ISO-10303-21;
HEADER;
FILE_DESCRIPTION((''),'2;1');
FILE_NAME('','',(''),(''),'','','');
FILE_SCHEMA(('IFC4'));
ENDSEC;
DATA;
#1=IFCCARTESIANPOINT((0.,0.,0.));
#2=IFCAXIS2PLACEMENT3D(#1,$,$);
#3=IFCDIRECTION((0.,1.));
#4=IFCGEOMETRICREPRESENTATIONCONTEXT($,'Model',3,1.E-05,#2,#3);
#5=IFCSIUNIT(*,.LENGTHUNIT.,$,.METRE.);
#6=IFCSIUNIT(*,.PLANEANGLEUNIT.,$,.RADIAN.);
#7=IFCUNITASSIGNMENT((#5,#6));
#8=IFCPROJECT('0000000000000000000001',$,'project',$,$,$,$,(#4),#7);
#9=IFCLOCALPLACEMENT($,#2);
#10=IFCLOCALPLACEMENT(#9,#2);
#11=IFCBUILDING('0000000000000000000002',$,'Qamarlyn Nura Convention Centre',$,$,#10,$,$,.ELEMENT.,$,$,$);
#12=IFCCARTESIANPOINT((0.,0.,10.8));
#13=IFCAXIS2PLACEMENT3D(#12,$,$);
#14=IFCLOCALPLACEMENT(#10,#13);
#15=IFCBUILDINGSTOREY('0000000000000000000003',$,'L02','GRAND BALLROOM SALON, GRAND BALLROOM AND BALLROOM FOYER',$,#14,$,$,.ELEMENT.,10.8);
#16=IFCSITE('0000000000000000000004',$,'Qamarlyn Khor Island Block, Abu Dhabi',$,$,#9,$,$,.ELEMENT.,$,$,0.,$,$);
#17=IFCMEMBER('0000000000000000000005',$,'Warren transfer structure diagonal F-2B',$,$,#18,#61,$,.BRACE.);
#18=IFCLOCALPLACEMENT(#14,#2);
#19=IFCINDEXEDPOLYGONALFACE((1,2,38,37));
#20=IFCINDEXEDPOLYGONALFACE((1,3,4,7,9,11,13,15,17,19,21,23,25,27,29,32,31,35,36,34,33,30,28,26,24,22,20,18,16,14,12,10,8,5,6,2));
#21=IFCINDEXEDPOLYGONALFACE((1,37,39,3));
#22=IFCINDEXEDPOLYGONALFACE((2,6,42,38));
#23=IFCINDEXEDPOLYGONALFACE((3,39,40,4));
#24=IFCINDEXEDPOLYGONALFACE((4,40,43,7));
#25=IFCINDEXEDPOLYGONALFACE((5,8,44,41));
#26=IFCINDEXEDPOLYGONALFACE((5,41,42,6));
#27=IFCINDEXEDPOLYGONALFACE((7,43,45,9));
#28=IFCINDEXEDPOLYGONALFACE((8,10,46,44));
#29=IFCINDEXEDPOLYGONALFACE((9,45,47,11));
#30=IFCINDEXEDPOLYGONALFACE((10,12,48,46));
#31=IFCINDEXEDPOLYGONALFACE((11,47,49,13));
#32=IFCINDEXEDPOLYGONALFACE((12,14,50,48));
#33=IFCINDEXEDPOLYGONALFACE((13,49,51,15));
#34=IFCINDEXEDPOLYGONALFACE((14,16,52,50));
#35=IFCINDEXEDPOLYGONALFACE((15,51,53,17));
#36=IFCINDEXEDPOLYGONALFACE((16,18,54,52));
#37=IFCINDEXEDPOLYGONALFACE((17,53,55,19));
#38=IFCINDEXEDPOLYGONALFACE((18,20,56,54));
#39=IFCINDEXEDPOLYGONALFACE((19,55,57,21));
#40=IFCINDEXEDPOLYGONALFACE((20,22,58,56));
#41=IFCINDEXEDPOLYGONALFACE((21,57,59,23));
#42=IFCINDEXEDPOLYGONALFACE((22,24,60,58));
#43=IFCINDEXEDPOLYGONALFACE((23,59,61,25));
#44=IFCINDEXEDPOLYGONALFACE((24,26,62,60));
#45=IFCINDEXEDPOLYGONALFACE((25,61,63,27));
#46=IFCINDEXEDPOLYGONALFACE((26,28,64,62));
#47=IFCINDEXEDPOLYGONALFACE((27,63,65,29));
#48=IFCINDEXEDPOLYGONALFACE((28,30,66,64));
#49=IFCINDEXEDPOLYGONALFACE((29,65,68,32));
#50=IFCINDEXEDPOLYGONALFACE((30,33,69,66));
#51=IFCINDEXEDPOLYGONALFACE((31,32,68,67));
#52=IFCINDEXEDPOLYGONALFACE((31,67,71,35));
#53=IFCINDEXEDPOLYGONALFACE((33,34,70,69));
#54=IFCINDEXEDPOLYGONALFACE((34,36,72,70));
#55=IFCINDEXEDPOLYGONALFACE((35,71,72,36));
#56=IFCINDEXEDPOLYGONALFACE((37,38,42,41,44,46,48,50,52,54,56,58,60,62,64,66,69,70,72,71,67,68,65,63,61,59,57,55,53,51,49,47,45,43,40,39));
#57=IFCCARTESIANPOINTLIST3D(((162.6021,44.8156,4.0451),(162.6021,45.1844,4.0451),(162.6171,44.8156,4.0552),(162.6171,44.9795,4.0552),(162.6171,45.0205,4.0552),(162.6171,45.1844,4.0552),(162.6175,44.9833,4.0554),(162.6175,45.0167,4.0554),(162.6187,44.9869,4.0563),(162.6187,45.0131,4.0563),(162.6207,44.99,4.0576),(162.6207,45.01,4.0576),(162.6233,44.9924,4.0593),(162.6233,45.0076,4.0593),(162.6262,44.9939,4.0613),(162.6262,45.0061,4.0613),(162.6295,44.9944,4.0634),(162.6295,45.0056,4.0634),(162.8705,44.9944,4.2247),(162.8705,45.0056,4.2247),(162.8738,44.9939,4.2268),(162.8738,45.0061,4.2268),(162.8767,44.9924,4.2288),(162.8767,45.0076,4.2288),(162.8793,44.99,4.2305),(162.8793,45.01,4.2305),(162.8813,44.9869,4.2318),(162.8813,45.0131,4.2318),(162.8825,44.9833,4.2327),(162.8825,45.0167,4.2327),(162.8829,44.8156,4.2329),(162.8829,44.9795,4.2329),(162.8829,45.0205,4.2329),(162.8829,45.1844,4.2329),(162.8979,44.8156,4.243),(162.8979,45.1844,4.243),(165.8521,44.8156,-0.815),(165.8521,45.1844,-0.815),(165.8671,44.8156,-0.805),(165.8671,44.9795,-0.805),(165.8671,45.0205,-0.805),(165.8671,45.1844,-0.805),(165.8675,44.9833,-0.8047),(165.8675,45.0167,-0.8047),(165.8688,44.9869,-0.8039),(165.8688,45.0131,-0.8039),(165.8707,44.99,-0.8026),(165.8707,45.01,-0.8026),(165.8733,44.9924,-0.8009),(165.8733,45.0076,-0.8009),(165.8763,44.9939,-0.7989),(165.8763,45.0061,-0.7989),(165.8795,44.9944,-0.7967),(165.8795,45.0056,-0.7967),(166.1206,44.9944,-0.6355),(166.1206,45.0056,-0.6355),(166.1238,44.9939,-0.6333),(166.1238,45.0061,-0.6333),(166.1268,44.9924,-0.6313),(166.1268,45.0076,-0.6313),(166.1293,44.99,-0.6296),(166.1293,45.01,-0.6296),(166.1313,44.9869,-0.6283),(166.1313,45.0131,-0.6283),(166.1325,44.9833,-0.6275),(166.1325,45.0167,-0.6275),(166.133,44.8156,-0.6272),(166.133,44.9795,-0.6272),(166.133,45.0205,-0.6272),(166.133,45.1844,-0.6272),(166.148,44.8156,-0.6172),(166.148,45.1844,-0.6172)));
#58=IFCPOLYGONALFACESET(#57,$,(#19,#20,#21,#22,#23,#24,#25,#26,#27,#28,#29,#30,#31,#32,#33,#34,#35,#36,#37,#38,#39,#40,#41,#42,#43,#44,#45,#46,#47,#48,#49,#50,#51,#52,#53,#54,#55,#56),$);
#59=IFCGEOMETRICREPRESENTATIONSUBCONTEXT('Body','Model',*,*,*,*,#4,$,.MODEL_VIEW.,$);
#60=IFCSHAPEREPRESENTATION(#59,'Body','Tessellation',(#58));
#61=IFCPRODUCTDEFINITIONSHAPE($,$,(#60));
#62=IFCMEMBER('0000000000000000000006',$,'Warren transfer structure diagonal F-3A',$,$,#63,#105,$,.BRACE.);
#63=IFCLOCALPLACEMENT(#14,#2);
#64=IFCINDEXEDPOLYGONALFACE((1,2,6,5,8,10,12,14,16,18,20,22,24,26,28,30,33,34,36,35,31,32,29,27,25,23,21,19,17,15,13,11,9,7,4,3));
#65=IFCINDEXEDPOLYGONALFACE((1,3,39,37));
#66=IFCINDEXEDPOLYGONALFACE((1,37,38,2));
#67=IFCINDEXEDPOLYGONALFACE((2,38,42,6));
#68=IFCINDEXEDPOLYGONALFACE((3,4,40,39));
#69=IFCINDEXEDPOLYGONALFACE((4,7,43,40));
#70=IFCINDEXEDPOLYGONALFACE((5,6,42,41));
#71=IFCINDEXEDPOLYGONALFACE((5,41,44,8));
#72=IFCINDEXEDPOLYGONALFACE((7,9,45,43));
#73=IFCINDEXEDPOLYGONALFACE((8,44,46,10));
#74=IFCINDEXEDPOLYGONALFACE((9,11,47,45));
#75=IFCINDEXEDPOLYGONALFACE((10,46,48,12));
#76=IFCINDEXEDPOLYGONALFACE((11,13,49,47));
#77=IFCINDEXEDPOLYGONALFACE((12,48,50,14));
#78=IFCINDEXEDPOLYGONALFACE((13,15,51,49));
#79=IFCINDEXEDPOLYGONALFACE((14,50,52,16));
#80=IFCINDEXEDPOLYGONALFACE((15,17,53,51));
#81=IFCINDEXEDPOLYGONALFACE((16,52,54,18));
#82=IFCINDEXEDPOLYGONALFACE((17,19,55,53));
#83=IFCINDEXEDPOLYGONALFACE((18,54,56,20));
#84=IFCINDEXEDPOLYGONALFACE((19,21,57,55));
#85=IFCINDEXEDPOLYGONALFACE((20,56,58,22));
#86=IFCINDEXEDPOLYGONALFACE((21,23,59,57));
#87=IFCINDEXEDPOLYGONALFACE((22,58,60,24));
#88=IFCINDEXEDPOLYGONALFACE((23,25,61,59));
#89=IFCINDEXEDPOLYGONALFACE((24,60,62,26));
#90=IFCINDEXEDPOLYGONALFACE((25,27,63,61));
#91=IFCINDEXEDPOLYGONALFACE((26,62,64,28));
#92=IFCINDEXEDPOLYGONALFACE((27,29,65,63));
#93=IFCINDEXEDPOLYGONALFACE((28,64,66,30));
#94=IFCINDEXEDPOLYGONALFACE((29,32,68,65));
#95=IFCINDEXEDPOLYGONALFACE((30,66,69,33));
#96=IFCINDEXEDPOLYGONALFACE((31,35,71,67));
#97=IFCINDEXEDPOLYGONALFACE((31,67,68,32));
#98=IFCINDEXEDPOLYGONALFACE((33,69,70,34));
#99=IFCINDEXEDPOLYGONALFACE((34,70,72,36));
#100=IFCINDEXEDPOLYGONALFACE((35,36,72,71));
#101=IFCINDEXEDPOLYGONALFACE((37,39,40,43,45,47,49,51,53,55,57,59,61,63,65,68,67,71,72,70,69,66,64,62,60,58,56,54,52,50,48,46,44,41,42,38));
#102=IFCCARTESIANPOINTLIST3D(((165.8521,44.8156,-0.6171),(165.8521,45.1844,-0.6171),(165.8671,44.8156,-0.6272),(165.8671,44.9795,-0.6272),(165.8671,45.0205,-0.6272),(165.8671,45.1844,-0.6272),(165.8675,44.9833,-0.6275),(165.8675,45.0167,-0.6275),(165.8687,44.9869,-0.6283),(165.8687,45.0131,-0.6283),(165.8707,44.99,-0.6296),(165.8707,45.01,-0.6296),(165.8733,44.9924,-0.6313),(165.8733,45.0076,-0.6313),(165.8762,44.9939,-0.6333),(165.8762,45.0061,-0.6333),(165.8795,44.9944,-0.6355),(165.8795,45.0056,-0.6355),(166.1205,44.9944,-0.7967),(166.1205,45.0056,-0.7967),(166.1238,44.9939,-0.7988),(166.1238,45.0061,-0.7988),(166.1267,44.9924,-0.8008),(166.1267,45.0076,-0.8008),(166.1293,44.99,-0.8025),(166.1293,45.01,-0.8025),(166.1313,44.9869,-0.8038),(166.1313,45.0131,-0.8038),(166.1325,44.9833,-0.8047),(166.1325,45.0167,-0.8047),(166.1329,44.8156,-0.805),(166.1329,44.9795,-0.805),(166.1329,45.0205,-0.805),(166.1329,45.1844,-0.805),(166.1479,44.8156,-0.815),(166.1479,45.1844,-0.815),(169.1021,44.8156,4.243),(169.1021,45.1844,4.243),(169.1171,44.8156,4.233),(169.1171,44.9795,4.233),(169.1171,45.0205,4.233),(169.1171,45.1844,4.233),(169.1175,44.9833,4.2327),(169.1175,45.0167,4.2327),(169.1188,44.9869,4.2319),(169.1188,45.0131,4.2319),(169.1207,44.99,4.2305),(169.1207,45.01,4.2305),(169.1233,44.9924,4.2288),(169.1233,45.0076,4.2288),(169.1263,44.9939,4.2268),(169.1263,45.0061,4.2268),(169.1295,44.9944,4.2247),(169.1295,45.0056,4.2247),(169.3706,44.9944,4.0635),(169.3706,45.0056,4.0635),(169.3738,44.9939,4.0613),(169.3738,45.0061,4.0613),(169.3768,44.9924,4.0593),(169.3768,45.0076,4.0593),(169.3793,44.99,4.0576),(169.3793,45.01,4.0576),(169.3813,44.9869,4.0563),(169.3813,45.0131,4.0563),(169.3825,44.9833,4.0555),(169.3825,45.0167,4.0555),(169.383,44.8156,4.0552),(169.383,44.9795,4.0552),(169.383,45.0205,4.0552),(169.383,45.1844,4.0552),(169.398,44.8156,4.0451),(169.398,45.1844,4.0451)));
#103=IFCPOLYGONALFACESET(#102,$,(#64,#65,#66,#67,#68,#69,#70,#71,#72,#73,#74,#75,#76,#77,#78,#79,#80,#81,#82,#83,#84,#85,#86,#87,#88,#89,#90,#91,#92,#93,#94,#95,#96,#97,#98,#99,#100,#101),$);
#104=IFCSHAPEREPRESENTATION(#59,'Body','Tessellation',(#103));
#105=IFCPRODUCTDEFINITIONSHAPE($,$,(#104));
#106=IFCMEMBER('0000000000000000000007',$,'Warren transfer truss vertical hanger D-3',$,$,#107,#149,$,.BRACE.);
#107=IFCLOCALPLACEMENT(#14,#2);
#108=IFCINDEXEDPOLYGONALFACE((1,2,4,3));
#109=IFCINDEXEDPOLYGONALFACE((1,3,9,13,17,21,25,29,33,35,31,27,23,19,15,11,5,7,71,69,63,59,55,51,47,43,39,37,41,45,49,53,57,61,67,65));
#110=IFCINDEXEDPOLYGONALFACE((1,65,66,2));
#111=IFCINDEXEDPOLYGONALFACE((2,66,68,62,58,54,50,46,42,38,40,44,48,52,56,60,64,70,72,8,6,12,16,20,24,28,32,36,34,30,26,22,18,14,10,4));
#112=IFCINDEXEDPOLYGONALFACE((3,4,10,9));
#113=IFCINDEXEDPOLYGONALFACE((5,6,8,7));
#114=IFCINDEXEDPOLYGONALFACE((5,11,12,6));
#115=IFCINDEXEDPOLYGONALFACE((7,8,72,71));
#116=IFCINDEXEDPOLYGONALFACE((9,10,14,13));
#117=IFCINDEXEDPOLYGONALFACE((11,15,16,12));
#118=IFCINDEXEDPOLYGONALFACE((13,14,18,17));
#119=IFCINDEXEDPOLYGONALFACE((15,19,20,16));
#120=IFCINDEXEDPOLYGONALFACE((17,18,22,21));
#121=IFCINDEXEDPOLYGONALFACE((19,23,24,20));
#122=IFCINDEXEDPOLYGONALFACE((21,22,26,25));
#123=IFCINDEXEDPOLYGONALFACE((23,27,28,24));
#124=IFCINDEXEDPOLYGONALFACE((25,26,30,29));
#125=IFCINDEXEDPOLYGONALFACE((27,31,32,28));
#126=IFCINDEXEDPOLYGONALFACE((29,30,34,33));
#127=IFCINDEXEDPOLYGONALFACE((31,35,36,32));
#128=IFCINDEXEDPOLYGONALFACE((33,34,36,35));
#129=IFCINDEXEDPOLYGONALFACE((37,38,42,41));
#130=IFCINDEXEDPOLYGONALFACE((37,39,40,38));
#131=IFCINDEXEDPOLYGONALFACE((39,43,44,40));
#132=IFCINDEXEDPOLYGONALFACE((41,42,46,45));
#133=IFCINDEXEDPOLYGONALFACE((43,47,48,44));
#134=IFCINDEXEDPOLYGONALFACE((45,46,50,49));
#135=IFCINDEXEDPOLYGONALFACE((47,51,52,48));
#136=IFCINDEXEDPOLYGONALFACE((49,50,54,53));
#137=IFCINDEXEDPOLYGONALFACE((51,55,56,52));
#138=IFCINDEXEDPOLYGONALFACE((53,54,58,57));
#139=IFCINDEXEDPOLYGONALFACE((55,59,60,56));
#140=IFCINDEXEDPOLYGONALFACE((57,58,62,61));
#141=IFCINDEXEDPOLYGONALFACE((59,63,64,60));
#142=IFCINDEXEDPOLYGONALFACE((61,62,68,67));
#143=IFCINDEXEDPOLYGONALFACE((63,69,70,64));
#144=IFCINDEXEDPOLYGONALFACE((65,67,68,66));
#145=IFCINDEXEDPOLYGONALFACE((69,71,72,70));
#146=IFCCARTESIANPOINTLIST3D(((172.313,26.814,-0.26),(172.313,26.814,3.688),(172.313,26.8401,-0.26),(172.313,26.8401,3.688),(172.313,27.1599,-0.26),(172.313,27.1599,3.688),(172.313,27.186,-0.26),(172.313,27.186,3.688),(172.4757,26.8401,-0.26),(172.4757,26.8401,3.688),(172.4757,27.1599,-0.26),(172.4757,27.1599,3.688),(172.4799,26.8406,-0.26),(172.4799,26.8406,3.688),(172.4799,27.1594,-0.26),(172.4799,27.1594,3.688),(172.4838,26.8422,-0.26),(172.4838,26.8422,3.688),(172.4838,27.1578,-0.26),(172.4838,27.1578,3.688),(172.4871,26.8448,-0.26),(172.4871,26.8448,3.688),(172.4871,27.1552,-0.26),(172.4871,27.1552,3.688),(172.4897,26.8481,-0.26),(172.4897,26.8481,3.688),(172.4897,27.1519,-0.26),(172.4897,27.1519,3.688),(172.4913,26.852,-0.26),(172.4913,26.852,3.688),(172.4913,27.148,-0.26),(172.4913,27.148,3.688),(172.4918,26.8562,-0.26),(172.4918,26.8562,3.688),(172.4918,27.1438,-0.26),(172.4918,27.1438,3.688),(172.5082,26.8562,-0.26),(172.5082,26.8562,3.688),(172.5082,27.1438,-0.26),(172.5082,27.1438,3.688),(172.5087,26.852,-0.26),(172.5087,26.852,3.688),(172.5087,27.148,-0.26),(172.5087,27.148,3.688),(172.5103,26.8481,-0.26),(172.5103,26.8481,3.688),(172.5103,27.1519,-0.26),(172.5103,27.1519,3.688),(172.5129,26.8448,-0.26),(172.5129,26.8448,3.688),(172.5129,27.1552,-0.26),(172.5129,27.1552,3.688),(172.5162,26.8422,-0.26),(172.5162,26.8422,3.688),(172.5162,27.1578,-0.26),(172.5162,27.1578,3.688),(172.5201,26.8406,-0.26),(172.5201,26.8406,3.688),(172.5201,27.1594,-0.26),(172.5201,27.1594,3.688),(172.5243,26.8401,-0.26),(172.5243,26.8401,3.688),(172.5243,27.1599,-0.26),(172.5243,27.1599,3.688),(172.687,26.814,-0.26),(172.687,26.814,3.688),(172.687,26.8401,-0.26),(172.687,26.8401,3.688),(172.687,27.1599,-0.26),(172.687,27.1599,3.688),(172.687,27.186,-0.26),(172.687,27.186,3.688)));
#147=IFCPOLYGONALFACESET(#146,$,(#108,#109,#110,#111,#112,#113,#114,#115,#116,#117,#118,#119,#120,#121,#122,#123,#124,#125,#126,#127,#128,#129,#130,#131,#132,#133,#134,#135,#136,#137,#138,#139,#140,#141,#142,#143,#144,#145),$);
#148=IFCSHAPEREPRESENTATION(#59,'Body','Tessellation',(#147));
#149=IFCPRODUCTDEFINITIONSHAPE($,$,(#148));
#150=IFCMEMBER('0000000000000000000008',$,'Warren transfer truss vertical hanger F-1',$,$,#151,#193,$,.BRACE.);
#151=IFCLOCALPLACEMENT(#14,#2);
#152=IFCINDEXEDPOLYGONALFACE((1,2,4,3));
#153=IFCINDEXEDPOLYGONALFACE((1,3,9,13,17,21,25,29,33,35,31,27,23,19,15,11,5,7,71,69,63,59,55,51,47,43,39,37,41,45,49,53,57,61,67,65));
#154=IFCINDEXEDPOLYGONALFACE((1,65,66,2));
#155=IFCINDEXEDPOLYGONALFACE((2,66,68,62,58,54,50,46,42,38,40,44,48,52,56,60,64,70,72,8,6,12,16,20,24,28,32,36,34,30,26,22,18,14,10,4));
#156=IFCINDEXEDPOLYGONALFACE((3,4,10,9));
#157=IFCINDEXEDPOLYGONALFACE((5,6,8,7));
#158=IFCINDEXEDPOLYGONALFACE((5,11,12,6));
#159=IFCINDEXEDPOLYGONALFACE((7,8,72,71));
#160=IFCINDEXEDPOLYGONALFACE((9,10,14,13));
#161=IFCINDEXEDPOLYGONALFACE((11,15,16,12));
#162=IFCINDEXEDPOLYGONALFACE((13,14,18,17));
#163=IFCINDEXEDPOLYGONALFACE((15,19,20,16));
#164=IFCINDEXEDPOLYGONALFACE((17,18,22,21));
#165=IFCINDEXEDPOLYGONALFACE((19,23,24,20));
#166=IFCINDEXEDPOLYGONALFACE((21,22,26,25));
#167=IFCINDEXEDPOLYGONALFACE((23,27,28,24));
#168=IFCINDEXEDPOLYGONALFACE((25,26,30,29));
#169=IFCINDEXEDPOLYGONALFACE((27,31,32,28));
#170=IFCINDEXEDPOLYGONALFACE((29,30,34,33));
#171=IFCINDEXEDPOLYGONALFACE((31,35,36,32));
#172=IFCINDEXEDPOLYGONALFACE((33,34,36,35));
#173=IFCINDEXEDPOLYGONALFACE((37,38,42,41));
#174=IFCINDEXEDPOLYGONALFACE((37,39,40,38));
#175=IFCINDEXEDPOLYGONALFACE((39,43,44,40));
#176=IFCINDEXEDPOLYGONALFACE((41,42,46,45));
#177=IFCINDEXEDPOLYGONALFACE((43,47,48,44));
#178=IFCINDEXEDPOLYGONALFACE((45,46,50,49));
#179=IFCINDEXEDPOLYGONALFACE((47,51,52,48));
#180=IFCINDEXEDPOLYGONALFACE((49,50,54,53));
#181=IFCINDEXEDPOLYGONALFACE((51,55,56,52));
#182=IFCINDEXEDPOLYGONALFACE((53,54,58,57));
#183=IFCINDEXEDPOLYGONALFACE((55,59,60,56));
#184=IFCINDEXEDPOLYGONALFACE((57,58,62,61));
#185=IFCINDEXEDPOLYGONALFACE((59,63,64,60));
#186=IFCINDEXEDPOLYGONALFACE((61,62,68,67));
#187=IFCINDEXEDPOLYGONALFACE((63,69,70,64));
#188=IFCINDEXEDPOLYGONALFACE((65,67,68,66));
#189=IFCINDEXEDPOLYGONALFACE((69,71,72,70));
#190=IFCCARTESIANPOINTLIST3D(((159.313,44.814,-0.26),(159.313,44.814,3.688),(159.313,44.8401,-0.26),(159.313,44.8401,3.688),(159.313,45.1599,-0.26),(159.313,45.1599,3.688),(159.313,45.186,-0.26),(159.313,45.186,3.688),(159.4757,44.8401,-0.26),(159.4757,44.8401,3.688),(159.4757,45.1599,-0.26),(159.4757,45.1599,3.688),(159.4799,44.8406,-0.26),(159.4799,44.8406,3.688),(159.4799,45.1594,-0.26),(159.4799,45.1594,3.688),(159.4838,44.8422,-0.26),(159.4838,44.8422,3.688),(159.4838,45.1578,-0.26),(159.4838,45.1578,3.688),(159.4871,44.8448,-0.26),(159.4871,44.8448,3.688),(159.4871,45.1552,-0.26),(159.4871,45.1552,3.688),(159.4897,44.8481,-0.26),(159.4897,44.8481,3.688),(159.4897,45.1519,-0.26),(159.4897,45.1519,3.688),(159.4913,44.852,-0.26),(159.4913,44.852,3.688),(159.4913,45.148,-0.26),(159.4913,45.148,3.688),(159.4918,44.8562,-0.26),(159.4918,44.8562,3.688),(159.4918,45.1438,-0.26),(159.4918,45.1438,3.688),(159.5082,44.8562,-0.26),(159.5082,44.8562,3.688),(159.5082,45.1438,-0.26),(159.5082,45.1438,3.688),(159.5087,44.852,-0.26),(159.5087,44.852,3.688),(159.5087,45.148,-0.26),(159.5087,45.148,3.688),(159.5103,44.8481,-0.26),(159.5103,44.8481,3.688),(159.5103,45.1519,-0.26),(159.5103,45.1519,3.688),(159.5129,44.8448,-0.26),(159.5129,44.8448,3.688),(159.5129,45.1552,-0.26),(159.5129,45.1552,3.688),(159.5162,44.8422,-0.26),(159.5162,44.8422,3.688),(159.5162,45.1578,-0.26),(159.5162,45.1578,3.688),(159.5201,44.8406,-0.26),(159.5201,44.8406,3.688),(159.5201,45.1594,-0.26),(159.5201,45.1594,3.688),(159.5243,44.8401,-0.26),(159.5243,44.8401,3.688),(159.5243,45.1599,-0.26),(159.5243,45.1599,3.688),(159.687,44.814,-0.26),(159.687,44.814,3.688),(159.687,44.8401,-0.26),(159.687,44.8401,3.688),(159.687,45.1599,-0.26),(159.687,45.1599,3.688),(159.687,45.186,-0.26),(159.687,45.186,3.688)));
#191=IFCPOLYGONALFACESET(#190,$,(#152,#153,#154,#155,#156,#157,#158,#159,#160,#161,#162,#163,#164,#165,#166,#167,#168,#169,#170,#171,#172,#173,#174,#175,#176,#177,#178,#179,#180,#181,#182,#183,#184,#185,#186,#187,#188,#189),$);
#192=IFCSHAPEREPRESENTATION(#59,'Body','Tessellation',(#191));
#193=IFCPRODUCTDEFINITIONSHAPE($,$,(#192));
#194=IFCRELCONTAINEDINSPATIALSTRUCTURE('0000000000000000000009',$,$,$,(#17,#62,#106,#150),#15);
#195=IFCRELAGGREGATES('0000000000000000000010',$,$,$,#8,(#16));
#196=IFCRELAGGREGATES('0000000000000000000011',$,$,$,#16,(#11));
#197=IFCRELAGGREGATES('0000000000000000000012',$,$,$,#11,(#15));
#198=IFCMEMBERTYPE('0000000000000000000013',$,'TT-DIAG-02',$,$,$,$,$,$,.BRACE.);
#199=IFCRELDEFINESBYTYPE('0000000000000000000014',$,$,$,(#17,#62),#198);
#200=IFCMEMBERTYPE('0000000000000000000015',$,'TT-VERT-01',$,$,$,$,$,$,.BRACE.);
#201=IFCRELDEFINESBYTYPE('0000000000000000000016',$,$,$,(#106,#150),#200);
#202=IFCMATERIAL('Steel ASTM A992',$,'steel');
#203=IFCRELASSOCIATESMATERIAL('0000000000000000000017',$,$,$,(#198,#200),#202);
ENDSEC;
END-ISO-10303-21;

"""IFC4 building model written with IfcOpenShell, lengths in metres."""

from ifc_helpers import new_model, si_unit, direction, frame, origin, origin_2d, place, context, subcontext, project, spatial, i_section, extrude, material, material_profile, profile_set, type_object, element, save


model = new_model("IFC4")

# Units and contexts
model_context = context("Model", 3, precision=1e-05, world=origin(), true_north=direction((0.0, 1.0)))
body_context = subcontext(model_context, "Body", "Model", "MODEL_VIEW")
ifc_project = project(units=[si_unit("LENGTHUNIT", "METRE"), si_unit("PLANEANGLEUNIT", "RADIAN")], contexts=[model_context])

# Site, building, storey
site_placement = place(None, origin())
site = spatial("IfcSite", under=ifc_project, at=site_placement, Name="Qamarlyn Khor Island Block, Abu Dhabi", CompositionType="ELEMENT", RefElevation=0.0)
building_placement = place(site_placement, origin())
building = spatial("IfcBuilding", under=site, at=building_placement, Name="Qamarlyn Nura Convention Centre", CompositionType="ELEMENT")
storey_placement = place(building_placement, frame((0.0, 0.0, 10.8)))
storey = spatial("IfcBuildingStorey", under=building, at=storey_placement, Name="L02", Description="GRAND BALLROOM SALON, GRAND BALLROOM AND BALLROOM FOYER", CompositionType="ELEMENT", Elevation=10.8)

# Shared definitions
ifc_material_1 = material(Name="Steel ASTM A992", Category="steel")

# Members
ifc_material_profile_1 = material_profile(ifc_material_1, i_section(OverallWidth=0.3689, OverallDepth=0.356, WebThickness=0.0112, FlangeThickness=0.0181, FilletRadius=0.0149, at=origin_2d()), Name="W360X134")
ifc_profile_set_1 = profile_set([ifc_material_profile_1], Name="Steel ASTM A992")
member_type_1 = type_object("IfcMemberType", Name="TT-DIAG-02", PredefinedType="BRACE", material=ifc_profile_set_1)
for number, where, z_axis, x_axis, name in (
    (1, (162.75, 45.0, 4.144), (0.555875, 0.0, -0.831266), (0.0, 1.0, 0.0), "Warren transfer structure diagonal F-2B"),
    (2, (166.0, 45.0, -0.7161), (0.555875, 0.0, 0.831266), (0.0, 1.0, 0.0), "Warren transfer structure diagonal F-3A"),
):
    element("IfcMember", number, at=place(storey_placement, frame(where, z_axis=z_axis, x_axis=x_axis)), inside=storey, type_object=member_type_1, Name=name, PredefinedType="BRACE", context=body_context, shape_type="SweptSolid", body=[
        extrude(i_section(OverallWidth=0.3689, OverallDepth=0.356, WebThickness=0.0112, FlangeThickness=0.0181, FilletRadius=0.0149, at=origin_2d()), origin(), (0.0, 0.0, 1.0), 5.8467),
    ])
ifc_material_profile_2 = material_profile(ifc_material_1, i_section(OverallWidth=0.374, OverallDepth=0.3721, WebThickness=0.0164, FlangeThickness=0.0261, FilletRadius=0.0161, at=origin_2d()), Name="W360X196")
ifc_profile_set_2 = profile_set([ifc_material_profile_2], Name="Steel ASTM A992")
member_type_2 = type_object("IfcMemberType", Name="TT-VERT-01", PredefinedType="BRACE", material=ifc_profile_set_2)
for number, where, z_axis, x_axis, name in (
    (3, (172.5, 27.0, -0.26), (0.0, 0.0, 1.0), (1.0, 0.0, 0.0), "Warren transfer truss vertical hanger D-3"),
    (4, (159.5, 45.0, -0.26), (0.0, 0.0, 1.0), (1.0, 0.0, 0.0), "Warren transfer truss vertical hanger F-1"),
):
    element("IfcMember", number, at=place(storey_placement, frame(where, z_axis=z_axis, x_axis=x_axis)), inside=storey, type_object=member_type_2, Name=name, PredefinedType="BRACE", context=body_context, shape_type="SweptSolid", body=[
        extrude(i_section(OverallWidth=0.374, OverallDepth=0.3721, WebThickness=0.0164, FlangeThickness=0.0261, FilletRadius=0.0161, at=origin_2d()), origin(), (0.0, 0.0, 1.0), 3.948),
    ])

save(model, "model.ifc")
